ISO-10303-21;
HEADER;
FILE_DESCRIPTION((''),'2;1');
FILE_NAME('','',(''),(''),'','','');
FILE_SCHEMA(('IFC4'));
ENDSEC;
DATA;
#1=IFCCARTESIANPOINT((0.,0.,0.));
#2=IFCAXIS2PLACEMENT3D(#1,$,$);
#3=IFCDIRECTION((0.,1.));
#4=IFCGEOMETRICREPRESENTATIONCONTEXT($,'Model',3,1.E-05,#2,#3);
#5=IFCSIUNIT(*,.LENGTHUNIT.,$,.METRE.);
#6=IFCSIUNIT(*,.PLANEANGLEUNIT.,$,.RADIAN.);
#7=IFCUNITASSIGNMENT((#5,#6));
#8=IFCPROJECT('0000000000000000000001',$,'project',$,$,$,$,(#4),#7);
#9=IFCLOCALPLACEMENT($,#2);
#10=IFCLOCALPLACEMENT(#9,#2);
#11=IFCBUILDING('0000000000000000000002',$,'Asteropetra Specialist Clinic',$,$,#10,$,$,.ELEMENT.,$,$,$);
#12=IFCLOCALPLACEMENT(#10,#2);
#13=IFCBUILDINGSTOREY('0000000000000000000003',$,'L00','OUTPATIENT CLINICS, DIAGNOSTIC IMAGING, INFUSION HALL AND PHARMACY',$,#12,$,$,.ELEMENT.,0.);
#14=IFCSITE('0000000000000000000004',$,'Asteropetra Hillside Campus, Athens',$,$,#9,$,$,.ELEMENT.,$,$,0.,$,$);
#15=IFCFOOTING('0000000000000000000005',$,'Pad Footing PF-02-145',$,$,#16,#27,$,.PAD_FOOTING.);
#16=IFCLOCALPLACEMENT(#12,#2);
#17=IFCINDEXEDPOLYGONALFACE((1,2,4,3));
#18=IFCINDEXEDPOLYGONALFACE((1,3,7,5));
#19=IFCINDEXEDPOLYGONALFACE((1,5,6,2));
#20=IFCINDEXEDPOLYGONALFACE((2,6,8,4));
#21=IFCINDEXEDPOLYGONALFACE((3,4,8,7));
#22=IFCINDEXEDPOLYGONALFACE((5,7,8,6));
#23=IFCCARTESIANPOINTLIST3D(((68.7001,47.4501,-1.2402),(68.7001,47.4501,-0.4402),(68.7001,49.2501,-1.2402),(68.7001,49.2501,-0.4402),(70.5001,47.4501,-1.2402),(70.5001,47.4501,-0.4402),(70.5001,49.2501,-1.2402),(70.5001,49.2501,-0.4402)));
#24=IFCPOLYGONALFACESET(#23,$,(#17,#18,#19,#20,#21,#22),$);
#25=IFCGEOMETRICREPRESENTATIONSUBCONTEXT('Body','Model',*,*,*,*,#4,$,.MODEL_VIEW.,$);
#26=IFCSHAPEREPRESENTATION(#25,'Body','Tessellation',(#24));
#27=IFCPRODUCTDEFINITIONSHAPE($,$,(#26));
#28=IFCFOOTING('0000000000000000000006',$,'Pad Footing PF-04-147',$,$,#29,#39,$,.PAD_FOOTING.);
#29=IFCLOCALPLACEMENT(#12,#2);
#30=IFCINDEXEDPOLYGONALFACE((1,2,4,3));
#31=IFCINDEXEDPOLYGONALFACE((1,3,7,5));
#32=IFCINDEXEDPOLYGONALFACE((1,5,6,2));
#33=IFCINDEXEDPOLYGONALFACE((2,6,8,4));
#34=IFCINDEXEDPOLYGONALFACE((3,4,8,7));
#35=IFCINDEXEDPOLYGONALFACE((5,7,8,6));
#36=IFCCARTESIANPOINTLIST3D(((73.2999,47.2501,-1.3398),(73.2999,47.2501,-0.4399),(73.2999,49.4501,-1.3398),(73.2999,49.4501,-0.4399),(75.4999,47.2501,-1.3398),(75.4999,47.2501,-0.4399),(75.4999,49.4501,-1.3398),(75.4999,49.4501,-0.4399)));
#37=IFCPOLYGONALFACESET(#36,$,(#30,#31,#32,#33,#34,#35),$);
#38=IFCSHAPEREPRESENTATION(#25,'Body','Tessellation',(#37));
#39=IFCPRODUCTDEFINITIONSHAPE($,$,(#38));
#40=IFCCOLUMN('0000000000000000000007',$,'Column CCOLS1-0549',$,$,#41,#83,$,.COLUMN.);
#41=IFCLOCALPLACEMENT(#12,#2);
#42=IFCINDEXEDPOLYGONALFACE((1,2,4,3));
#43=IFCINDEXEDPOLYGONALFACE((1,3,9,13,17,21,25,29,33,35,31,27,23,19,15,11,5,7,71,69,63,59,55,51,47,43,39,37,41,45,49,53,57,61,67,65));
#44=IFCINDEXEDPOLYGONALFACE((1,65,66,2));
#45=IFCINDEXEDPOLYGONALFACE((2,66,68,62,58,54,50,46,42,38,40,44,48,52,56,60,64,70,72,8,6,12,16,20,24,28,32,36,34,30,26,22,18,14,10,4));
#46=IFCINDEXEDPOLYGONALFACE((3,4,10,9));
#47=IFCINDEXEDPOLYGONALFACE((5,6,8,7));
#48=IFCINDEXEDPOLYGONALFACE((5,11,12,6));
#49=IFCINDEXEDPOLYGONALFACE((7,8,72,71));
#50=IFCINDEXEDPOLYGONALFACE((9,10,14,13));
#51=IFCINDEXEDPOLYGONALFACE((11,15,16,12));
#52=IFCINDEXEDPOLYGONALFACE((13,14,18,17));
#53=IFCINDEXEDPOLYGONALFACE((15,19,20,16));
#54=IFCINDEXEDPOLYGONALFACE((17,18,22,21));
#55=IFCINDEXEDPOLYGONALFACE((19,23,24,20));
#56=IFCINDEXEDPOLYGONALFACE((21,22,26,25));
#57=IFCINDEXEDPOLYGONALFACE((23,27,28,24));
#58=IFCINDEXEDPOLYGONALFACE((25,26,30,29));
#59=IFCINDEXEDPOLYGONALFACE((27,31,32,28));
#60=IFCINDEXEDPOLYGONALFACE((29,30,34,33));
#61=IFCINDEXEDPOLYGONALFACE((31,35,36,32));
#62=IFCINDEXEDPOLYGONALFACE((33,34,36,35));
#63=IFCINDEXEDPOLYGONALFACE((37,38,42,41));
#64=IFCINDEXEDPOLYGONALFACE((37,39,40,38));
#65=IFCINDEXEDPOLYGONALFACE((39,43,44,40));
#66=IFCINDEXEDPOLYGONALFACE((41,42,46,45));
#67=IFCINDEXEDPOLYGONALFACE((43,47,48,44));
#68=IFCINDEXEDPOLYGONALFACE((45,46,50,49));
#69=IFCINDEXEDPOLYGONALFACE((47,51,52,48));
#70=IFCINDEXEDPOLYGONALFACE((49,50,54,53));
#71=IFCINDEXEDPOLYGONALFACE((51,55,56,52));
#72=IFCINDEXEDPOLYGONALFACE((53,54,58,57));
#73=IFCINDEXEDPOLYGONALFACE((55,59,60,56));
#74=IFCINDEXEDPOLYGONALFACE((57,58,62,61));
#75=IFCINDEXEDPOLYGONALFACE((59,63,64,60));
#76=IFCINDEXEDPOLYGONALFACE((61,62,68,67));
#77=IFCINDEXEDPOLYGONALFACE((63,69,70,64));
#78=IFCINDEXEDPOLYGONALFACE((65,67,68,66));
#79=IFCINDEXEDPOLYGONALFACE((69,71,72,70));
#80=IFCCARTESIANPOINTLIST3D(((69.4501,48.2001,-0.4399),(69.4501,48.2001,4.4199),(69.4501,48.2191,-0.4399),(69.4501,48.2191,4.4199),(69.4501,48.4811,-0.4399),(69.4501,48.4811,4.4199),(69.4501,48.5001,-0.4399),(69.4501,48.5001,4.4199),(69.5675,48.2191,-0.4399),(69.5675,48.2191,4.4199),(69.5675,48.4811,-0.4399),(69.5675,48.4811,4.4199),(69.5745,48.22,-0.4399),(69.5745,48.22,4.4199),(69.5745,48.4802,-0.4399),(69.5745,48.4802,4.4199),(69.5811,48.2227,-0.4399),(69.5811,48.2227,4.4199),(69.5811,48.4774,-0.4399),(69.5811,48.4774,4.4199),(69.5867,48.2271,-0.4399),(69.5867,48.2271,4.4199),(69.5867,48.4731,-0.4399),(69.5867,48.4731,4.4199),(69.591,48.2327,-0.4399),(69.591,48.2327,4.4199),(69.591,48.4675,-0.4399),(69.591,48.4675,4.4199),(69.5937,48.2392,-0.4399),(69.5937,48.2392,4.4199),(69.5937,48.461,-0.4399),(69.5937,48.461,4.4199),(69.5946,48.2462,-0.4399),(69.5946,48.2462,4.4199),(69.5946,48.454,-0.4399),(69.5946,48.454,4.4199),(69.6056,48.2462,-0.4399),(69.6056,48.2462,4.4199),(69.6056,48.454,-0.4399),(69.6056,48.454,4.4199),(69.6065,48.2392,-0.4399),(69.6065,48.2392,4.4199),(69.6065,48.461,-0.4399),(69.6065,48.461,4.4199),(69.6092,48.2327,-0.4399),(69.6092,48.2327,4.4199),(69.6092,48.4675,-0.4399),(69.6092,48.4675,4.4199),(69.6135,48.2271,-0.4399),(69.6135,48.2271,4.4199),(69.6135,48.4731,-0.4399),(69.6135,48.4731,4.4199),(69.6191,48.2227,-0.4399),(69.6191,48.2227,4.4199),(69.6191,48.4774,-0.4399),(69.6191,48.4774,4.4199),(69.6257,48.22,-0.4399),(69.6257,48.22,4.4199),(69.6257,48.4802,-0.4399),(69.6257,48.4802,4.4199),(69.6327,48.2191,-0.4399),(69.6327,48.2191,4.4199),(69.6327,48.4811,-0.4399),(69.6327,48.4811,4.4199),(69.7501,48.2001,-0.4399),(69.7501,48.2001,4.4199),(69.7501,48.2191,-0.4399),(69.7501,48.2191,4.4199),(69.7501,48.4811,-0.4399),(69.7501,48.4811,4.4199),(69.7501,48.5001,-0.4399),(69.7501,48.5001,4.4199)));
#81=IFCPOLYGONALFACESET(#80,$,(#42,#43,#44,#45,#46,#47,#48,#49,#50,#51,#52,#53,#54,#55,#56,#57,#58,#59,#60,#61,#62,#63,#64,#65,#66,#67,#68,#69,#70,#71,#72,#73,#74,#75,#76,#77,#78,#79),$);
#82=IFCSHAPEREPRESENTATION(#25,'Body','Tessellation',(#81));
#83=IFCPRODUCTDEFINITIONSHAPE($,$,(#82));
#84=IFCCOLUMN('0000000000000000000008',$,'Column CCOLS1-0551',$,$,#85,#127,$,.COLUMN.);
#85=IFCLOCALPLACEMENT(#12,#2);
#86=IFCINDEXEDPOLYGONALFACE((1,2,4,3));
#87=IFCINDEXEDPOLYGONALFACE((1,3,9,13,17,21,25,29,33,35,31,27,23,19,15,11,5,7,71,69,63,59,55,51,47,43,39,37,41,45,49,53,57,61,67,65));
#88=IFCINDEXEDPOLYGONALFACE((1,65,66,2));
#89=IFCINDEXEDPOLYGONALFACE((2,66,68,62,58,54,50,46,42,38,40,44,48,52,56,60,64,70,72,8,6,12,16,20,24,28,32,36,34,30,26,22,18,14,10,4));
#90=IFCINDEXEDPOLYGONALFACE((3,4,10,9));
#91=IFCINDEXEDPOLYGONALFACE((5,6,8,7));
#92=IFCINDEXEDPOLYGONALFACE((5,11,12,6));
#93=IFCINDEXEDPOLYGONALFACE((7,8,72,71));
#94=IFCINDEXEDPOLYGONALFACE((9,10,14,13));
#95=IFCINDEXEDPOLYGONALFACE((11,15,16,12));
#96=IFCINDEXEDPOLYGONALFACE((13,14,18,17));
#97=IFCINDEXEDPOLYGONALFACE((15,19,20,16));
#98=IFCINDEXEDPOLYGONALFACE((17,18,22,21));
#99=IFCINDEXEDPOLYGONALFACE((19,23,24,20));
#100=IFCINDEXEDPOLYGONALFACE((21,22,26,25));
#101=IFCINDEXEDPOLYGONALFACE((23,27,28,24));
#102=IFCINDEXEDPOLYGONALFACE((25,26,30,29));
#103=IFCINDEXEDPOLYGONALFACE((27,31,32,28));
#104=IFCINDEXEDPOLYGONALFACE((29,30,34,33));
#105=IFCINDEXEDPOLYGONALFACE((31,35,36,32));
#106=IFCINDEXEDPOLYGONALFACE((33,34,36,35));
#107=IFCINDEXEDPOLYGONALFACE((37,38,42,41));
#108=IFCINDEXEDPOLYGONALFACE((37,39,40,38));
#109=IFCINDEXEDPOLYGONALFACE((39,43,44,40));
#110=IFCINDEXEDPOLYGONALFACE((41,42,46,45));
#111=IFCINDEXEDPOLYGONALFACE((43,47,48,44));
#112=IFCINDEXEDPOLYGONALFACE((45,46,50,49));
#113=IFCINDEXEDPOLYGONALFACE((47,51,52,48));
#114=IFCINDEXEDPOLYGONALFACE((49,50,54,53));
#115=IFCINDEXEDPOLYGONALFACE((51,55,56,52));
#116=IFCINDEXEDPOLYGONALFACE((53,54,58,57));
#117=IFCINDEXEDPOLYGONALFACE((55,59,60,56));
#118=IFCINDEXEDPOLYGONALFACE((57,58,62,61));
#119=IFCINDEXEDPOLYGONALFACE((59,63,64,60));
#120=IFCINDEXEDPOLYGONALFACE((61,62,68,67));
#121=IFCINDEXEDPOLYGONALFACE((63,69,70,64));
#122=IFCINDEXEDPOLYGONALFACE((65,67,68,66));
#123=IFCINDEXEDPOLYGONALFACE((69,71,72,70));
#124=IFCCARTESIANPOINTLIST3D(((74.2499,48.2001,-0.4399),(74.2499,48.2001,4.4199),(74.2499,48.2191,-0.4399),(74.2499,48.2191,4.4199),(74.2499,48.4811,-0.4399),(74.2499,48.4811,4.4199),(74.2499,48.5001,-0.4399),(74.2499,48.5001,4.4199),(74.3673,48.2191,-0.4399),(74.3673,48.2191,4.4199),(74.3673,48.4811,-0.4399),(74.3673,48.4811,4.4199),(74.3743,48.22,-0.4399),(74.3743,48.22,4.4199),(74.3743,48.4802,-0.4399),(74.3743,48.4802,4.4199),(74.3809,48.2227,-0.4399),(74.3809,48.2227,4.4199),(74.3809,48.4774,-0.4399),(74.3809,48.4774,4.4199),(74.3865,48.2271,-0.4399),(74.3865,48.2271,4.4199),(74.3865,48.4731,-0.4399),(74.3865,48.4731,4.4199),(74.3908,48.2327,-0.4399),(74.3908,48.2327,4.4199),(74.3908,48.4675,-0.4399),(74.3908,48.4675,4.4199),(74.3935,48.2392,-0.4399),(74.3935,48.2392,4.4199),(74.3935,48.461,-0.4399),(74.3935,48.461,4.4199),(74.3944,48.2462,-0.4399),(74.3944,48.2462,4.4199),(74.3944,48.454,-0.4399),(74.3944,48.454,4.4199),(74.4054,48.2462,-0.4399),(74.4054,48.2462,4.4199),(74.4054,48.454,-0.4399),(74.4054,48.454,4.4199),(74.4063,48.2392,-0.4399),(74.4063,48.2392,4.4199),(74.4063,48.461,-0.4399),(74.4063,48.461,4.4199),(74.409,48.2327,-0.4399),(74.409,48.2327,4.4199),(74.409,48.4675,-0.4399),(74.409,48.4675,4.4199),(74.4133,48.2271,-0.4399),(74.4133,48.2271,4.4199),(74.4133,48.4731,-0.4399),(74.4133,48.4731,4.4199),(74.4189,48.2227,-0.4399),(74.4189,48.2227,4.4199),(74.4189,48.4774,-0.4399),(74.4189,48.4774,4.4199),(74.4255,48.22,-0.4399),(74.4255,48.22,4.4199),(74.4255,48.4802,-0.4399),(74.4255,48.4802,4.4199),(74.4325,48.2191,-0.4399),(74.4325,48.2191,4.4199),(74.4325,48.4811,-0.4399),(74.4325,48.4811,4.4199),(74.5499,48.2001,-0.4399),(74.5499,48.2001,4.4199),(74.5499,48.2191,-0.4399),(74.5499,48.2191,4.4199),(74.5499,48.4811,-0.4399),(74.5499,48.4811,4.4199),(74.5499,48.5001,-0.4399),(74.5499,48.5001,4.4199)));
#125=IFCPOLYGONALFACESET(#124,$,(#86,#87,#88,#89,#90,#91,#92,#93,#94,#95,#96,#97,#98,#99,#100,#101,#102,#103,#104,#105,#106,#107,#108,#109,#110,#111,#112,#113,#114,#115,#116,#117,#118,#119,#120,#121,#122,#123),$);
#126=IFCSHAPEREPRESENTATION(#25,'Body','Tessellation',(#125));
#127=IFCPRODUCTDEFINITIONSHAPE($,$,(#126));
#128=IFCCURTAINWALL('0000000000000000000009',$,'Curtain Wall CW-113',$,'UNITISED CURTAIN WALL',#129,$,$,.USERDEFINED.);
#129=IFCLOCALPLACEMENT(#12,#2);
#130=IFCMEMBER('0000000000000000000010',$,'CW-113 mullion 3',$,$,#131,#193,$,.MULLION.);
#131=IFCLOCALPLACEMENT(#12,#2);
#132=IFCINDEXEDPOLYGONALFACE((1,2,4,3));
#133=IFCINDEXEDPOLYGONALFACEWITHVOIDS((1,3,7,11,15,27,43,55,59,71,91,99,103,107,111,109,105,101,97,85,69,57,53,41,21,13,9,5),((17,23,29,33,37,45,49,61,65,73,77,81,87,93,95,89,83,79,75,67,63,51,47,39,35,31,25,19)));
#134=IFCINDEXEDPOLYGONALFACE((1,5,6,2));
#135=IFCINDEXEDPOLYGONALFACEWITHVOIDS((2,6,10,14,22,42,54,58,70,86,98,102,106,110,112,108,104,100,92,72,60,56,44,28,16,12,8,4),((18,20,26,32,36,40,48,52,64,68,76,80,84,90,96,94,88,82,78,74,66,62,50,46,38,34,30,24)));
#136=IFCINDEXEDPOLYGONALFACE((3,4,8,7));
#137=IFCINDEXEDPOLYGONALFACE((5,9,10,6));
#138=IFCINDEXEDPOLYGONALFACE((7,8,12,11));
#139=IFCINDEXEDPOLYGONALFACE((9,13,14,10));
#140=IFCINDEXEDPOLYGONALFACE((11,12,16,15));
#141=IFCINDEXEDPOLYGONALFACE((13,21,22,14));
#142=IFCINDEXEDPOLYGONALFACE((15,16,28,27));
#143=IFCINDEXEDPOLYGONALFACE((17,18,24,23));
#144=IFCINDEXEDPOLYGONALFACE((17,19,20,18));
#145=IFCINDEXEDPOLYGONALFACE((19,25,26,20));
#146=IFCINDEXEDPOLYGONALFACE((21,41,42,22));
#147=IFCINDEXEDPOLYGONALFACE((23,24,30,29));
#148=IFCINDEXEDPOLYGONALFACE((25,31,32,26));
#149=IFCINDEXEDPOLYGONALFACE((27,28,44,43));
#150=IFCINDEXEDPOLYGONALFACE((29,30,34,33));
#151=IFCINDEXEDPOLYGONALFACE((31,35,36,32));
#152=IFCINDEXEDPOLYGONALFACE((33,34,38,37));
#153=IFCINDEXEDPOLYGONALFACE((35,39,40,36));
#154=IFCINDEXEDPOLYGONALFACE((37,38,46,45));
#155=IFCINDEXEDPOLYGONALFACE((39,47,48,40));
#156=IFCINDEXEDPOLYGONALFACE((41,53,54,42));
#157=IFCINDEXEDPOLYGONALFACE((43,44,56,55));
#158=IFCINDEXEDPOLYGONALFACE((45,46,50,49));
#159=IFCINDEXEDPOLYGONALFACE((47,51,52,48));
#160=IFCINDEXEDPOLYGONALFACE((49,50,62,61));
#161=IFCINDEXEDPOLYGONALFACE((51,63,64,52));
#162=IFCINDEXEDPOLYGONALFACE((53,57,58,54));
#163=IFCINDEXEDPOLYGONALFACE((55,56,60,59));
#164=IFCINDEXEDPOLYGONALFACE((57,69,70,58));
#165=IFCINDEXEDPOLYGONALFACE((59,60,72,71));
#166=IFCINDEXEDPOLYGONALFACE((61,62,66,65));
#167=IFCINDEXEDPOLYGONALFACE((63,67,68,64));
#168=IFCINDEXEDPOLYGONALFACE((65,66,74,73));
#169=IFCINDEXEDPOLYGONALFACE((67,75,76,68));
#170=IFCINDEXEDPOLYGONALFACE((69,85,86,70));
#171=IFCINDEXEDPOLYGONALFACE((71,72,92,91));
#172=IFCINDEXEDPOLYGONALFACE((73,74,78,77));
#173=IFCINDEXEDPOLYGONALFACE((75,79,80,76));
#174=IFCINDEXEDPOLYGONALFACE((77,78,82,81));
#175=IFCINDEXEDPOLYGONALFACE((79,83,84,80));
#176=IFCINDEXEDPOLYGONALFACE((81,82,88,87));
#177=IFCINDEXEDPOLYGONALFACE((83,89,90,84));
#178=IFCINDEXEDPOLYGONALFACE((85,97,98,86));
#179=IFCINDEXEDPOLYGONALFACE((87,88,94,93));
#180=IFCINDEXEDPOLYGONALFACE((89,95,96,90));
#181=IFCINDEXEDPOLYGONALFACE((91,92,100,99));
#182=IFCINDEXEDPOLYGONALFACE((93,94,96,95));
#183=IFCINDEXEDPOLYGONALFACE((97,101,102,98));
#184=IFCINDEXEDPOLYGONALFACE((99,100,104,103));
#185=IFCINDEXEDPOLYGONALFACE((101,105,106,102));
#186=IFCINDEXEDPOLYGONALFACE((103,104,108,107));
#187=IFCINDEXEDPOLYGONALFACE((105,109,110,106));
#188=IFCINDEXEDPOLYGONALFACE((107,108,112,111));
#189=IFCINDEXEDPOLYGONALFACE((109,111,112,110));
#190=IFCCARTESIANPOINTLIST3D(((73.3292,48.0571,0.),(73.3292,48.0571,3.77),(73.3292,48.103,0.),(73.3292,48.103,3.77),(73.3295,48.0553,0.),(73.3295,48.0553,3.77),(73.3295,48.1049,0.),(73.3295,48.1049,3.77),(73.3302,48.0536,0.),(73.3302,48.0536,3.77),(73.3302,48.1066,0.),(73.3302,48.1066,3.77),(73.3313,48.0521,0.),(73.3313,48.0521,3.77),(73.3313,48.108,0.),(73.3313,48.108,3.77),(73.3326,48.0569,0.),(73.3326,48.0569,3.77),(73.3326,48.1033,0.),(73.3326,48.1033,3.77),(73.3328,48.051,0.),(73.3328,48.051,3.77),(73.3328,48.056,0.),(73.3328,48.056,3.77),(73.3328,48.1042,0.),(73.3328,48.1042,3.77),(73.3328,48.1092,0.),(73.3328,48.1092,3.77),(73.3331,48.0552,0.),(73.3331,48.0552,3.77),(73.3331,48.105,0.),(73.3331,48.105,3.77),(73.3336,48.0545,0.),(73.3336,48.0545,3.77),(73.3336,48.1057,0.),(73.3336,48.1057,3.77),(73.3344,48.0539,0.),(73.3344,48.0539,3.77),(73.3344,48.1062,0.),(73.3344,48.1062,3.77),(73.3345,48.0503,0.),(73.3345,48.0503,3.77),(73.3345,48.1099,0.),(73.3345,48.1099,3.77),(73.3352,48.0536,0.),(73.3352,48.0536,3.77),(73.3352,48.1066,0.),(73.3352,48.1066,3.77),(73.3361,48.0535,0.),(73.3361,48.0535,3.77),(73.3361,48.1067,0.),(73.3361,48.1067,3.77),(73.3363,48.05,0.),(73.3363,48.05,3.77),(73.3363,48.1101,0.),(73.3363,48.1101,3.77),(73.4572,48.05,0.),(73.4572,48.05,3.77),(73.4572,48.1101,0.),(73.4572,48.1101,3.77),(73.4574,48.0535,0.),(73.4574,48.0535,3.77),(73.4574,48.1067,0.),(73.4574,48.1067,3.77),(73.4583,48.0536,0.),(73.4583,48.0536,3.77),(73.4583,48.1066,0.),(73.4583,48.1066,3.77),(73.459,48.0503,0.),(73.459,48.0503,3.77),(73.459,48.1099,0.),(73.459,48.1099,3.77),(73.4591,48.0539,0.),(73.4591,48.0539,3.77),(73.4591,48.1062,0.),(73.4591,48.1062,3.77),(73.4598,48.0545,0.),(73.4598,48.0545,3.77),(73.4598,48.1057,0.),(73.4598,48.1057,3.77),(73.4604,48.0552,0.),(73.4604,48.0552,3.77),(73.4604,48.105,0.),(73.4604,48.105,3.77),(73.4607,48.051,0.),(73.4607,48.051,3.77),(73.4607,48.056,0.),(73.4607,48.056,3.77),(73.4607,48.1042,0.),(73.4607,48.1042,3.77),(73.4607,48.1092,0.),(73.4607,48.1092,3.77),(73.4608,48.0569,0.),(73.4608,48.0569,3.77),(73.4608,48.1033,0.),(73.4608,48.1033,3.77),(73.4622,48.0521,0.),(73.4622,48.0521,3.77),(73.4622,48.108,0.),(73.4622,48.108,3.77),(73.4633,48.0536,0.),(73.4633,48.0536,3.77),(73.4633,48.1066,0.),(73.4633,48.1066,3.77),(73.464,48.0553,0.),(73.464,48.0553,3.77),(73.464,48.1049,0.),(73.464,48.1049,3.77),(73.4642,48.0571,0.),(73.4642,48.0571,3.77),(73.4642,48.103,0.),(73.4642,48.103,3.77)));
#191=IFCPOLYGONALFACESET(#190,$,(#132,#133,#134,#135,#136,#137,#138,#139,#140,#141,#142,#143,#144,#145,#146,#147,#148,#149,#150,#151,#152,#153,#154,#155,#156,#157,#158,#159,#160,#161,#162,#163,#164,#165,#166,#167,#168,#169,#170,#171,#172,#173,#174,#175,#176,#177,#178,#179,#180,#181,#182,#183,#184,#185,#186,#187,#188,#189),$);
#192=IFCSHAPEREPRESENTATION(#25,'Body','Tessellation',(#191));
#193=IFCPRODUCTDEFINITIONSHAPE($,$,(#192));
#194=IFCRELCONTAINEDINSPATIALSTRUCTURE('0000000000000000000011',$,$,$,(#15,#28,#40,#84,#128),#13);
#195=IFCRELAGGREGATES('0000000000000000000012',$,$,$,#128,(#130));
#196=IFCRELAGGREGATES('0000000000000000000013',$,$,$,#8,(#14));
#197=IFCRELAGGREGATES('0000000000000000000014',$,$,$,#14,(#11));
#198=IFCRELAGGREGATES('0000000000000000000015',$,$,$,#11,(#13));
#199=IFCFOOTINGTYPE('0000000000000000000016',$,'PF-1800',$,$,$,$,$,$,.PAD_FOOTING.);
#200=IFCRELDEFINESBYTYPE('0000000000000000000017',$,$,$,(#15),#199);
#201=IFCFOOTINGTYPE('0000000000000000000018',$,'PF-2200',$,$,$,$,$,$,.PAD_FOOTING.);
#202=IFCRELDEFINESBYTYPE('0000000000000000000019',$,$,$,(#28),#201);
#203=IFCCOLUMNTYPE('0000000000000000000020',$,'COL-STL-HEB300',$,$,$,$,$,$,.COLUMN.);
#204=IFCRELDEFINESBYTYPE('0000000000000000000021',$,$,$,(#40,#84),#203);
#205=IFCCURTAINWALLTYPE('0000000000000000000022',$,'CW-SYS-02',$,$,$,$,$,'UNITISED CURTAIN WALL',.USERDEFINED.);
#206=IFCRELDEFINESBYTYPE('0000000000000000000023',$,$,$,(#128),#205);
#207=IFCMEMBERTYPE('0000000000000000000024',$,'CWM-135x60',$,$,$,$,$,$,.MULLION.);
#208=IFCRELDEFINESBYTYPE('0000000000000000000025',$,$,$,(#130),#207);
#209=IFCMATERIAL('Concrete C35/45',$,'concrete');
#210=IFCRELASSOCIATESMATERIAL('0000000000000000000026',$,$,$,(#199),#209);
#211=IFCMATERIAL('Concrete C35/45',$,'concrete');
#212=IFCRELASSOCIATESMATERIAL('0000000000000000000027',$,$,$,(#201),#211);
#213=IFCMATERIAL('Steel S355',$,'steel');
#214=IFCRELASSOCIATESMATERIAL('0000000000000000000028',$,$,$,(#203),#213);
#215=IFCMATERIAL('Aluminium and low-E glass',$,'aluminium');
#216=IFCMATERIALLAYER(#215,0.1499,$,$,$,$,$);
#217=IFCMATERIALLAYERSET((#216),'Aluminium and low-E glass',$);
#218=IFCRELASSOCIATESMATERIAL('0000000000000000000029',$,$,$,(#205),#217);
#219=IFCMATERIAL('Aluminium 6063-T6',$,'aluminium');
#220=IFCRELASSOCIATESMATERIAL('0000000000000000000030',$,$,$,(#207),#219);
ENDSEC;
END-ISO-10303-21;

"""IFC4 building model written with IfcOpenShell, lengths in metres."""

from ifc_helpers import new_model, si_unit, direction, frame, origin, origin_2d, place, context, subcontext, project, spatial, rectangle, hollow_rectangle, i_section, extrude, material, layer, layer_set, material_profile, profile_set, type_object, element, aggregate, save


model = new_model("IFC4")

# Units and contexts
model_context = context("Model", 3, precision=1e-05, world=origin(), true_north=direction((0.0, 1.0)))
body_context = subcontext(model_context, "Body", "Model", "MODEL_VIEW")
ifc_project = project(units=[si_unit("LENGTHUNIT", "METRE"), si_unit("PLANEANGLEUNIT", "RADIAN")], contexts=[model_context])

# Site, building, storey
site_placement = place(None, origin())
site = spatial("IfcSite", under=ifc_project, at=site_placement, Name="Asteropetra Hillside Campus, Athens", CompositionType="ELEMENT", RefElevation=0.0)
building_placement = place(site_placement, origin())
building = spatial("IfcBuilding", under=site, at=building_placement, Name="Asteropetra Specialist Clinic", CompositionType="ELEMENT")
storey_placement = place(building_placement, origin())
storey = spatial("IfcBuildingStorey", under=building, at=storey_placement, Name="L00", Description="OUTPATIENT CLINICS, DIAGNOSTIC IMAGING, INFUSION HALL AND PHARMACY", CompositionType="ELEMENT", Elevation=0.0)

# Footings
ifc_material_1 = material(Name="Concrete C35/45", Category="concrete")
footing_type_1 = type_object("IfcFootingType", Name="PF-1800", PredefinedType="PAD_FOOTING", material=ifc_material_1)
footing_1_placement = place(storey_placement, frame((69.6001, 48.3501, -1.2402), z_axis=(0.0, 0.0, 1.0), x_axis=(1.0, 0.0, 0.0)))
element("IfcFooting", 1, at=footing_1_placement, inside=storey, type_object=footing_type_1, Name="Pad Footing PF-02-145", PredefinedType="PAD_FOOTING", context=body_context, shape_type="SweptSolid", body=[
    extrude(rectangle(XDim=1.8, YDim=1.8, at=origin_2d()), origin(), (0.0, 0.0, 1.0), 0.8),
])
ifc_material_2 = material(Name="Concrete C35/45", Category="concrete")
footing_type_2 = type_object("IfcFootingType", Name="PF-2200", PredefinedType="PAD_FOOTING", material=ifc_material_2)
footing_2_placement = place(storey_placement, frame((74.3999, 48.3501, -1.3398), z_axis=(0.0, 0.0, 1.0), x_axis=(1.0, 0.0, 0.0)))
element("IfcFooting", 2, at=footing_2_placement, inside=storey, type_object=footing_type_2, Name="Pad Footing PF-04-147", PredefinedType="PAD_FOOTING", context=body_context, shape_type="SweptSolid", body=[
    extrude(rectangle(XDim=2.2, YDim=2.2, at=origin_2d()), origin(), (0.0, 0.0, 1.0), 0.8999),
])

# Columns
ifc_material_3 = material(Name="Steel S355", Category="steel")
ifc_material_profile_1 = material_profile(ifc_material_3, i_section(OverallWidth=0.3, OverallDepth=0.3, WebThickness=0.011, FlangeThickness=0.019, FilletRadius=0.0271, at=origin_2d()), Name="HEB 300")
ifc_profile_set_1 = profile_set([ifc_material_profile_1], Name="Steel S355")
column_type = type_object("IfcColumnType", Name="COL-STL-HEB300", PredefinedType="COLUMN", material=ifc_profile_set_1)
for number, where, z_axis, x_axis, name in (
    (3, (69.6001, 48.3501, -0.4399), (0.0, 0.0, 1.0), (1.0, 0.0, 0.0), "Column CCOLS1-0549"),
    (4, (74.3999, 48.3501, -0.4399), (0.0, 0.0, 1.0), (1.0, 0.0, 0.0), "Column CCOLS1-0551"),
):
    element("IfcColumn", number, at=place(storey_placement, frame(where, z_axis=z_axis, x_axis=x_axis)), inside=storey, type_object=column_type, Name=name, PredefinedType="COLUMN", context=body_context, shape_type="SweptSolid", body=[
        extrude(i_section(OverallWidth=0.3, OverallDepth=0.3, WebThickness=0.011, FlangeThickness=0.019, FilletRadius=0.0271, at=origin_2d()), origin(), (0.0, 0.0, 1.0), 4.8599),
    ])

# Curtain wall, member
ifc_material_4 = material(Name="Aluminium and low-E glass", Category="aluminium")
ifc_layer_1 = layer(ifc_material_4, 0.1499)
ifc_layer_set_1 = layer_set([ifc_layer_1], Name="Aluminium and low-E glass")
curtain_wall_type = type_object("IfcCurtainWallType", Name="CW-SYS-02", ElementType="UNITISED CURTAIN WALL", PredefinedType="USERDEFINED", material=ifc_layer_set_1)
curtain_wall_placement = place(storey_placement, origin())
curtain_wall = element("IfcCurtainWall", 5, at=curtain_wall_placement, inside=storey, type_object=curtain_wall_type, Name="Curtain Wall CW-113", ObjectType="UNITISED CURTAIN WALL", PredefinedType="USERDEFINED")
ifc_material_5 = material(Name="Aluminium 6063-T6", Category="aluminium")
ifc_material_profile_2 = material_profile(ifc_material_5, hollow_rectangle(XDim=0.0601, YDim=0.135, WallThickness=0.0034, InnerFilletRadius=0.0034, OuterFilletRadius=0.0071, at=origin_2d()), Name="MUL 135x60x3.5")
ifc_profile_set_2 = profile_set([ifc_material_profile_2], Name="Aluminium 6063-T6")
member_type_1 = type_object("IfcMemberType", Name="CWM-135x60", PredefinedType="MULLION", material=ifc_profile_set_2)
member_1_placement = place(storey_placement, frame((73.3967, 48.0801, 0.0), z_axis=(0.0, 0.0, 1.0), x_axis=(0.0, 1.0, 0.0)))
member_1 = element("IfcMember", 6, at=member_1_placement, type_object=member_type_1, Name="CW-113 mullion 3", PredefinedType="MULLION", context=body_context, shape_type="SweptSolid", body=[
    extrude(hollow_rectangle(XDim=0.0601, YDim=0.135, WallThickness=0.0034, InnerFilletRadius=0.0034, OuterFilletRadius=0.0071, at=origin_2d()), origin(), (0.0, 0.0, 1.0), 3.77),
])

aggregate(curtain_wall, [member_1])

save(model, "model.ifc")
